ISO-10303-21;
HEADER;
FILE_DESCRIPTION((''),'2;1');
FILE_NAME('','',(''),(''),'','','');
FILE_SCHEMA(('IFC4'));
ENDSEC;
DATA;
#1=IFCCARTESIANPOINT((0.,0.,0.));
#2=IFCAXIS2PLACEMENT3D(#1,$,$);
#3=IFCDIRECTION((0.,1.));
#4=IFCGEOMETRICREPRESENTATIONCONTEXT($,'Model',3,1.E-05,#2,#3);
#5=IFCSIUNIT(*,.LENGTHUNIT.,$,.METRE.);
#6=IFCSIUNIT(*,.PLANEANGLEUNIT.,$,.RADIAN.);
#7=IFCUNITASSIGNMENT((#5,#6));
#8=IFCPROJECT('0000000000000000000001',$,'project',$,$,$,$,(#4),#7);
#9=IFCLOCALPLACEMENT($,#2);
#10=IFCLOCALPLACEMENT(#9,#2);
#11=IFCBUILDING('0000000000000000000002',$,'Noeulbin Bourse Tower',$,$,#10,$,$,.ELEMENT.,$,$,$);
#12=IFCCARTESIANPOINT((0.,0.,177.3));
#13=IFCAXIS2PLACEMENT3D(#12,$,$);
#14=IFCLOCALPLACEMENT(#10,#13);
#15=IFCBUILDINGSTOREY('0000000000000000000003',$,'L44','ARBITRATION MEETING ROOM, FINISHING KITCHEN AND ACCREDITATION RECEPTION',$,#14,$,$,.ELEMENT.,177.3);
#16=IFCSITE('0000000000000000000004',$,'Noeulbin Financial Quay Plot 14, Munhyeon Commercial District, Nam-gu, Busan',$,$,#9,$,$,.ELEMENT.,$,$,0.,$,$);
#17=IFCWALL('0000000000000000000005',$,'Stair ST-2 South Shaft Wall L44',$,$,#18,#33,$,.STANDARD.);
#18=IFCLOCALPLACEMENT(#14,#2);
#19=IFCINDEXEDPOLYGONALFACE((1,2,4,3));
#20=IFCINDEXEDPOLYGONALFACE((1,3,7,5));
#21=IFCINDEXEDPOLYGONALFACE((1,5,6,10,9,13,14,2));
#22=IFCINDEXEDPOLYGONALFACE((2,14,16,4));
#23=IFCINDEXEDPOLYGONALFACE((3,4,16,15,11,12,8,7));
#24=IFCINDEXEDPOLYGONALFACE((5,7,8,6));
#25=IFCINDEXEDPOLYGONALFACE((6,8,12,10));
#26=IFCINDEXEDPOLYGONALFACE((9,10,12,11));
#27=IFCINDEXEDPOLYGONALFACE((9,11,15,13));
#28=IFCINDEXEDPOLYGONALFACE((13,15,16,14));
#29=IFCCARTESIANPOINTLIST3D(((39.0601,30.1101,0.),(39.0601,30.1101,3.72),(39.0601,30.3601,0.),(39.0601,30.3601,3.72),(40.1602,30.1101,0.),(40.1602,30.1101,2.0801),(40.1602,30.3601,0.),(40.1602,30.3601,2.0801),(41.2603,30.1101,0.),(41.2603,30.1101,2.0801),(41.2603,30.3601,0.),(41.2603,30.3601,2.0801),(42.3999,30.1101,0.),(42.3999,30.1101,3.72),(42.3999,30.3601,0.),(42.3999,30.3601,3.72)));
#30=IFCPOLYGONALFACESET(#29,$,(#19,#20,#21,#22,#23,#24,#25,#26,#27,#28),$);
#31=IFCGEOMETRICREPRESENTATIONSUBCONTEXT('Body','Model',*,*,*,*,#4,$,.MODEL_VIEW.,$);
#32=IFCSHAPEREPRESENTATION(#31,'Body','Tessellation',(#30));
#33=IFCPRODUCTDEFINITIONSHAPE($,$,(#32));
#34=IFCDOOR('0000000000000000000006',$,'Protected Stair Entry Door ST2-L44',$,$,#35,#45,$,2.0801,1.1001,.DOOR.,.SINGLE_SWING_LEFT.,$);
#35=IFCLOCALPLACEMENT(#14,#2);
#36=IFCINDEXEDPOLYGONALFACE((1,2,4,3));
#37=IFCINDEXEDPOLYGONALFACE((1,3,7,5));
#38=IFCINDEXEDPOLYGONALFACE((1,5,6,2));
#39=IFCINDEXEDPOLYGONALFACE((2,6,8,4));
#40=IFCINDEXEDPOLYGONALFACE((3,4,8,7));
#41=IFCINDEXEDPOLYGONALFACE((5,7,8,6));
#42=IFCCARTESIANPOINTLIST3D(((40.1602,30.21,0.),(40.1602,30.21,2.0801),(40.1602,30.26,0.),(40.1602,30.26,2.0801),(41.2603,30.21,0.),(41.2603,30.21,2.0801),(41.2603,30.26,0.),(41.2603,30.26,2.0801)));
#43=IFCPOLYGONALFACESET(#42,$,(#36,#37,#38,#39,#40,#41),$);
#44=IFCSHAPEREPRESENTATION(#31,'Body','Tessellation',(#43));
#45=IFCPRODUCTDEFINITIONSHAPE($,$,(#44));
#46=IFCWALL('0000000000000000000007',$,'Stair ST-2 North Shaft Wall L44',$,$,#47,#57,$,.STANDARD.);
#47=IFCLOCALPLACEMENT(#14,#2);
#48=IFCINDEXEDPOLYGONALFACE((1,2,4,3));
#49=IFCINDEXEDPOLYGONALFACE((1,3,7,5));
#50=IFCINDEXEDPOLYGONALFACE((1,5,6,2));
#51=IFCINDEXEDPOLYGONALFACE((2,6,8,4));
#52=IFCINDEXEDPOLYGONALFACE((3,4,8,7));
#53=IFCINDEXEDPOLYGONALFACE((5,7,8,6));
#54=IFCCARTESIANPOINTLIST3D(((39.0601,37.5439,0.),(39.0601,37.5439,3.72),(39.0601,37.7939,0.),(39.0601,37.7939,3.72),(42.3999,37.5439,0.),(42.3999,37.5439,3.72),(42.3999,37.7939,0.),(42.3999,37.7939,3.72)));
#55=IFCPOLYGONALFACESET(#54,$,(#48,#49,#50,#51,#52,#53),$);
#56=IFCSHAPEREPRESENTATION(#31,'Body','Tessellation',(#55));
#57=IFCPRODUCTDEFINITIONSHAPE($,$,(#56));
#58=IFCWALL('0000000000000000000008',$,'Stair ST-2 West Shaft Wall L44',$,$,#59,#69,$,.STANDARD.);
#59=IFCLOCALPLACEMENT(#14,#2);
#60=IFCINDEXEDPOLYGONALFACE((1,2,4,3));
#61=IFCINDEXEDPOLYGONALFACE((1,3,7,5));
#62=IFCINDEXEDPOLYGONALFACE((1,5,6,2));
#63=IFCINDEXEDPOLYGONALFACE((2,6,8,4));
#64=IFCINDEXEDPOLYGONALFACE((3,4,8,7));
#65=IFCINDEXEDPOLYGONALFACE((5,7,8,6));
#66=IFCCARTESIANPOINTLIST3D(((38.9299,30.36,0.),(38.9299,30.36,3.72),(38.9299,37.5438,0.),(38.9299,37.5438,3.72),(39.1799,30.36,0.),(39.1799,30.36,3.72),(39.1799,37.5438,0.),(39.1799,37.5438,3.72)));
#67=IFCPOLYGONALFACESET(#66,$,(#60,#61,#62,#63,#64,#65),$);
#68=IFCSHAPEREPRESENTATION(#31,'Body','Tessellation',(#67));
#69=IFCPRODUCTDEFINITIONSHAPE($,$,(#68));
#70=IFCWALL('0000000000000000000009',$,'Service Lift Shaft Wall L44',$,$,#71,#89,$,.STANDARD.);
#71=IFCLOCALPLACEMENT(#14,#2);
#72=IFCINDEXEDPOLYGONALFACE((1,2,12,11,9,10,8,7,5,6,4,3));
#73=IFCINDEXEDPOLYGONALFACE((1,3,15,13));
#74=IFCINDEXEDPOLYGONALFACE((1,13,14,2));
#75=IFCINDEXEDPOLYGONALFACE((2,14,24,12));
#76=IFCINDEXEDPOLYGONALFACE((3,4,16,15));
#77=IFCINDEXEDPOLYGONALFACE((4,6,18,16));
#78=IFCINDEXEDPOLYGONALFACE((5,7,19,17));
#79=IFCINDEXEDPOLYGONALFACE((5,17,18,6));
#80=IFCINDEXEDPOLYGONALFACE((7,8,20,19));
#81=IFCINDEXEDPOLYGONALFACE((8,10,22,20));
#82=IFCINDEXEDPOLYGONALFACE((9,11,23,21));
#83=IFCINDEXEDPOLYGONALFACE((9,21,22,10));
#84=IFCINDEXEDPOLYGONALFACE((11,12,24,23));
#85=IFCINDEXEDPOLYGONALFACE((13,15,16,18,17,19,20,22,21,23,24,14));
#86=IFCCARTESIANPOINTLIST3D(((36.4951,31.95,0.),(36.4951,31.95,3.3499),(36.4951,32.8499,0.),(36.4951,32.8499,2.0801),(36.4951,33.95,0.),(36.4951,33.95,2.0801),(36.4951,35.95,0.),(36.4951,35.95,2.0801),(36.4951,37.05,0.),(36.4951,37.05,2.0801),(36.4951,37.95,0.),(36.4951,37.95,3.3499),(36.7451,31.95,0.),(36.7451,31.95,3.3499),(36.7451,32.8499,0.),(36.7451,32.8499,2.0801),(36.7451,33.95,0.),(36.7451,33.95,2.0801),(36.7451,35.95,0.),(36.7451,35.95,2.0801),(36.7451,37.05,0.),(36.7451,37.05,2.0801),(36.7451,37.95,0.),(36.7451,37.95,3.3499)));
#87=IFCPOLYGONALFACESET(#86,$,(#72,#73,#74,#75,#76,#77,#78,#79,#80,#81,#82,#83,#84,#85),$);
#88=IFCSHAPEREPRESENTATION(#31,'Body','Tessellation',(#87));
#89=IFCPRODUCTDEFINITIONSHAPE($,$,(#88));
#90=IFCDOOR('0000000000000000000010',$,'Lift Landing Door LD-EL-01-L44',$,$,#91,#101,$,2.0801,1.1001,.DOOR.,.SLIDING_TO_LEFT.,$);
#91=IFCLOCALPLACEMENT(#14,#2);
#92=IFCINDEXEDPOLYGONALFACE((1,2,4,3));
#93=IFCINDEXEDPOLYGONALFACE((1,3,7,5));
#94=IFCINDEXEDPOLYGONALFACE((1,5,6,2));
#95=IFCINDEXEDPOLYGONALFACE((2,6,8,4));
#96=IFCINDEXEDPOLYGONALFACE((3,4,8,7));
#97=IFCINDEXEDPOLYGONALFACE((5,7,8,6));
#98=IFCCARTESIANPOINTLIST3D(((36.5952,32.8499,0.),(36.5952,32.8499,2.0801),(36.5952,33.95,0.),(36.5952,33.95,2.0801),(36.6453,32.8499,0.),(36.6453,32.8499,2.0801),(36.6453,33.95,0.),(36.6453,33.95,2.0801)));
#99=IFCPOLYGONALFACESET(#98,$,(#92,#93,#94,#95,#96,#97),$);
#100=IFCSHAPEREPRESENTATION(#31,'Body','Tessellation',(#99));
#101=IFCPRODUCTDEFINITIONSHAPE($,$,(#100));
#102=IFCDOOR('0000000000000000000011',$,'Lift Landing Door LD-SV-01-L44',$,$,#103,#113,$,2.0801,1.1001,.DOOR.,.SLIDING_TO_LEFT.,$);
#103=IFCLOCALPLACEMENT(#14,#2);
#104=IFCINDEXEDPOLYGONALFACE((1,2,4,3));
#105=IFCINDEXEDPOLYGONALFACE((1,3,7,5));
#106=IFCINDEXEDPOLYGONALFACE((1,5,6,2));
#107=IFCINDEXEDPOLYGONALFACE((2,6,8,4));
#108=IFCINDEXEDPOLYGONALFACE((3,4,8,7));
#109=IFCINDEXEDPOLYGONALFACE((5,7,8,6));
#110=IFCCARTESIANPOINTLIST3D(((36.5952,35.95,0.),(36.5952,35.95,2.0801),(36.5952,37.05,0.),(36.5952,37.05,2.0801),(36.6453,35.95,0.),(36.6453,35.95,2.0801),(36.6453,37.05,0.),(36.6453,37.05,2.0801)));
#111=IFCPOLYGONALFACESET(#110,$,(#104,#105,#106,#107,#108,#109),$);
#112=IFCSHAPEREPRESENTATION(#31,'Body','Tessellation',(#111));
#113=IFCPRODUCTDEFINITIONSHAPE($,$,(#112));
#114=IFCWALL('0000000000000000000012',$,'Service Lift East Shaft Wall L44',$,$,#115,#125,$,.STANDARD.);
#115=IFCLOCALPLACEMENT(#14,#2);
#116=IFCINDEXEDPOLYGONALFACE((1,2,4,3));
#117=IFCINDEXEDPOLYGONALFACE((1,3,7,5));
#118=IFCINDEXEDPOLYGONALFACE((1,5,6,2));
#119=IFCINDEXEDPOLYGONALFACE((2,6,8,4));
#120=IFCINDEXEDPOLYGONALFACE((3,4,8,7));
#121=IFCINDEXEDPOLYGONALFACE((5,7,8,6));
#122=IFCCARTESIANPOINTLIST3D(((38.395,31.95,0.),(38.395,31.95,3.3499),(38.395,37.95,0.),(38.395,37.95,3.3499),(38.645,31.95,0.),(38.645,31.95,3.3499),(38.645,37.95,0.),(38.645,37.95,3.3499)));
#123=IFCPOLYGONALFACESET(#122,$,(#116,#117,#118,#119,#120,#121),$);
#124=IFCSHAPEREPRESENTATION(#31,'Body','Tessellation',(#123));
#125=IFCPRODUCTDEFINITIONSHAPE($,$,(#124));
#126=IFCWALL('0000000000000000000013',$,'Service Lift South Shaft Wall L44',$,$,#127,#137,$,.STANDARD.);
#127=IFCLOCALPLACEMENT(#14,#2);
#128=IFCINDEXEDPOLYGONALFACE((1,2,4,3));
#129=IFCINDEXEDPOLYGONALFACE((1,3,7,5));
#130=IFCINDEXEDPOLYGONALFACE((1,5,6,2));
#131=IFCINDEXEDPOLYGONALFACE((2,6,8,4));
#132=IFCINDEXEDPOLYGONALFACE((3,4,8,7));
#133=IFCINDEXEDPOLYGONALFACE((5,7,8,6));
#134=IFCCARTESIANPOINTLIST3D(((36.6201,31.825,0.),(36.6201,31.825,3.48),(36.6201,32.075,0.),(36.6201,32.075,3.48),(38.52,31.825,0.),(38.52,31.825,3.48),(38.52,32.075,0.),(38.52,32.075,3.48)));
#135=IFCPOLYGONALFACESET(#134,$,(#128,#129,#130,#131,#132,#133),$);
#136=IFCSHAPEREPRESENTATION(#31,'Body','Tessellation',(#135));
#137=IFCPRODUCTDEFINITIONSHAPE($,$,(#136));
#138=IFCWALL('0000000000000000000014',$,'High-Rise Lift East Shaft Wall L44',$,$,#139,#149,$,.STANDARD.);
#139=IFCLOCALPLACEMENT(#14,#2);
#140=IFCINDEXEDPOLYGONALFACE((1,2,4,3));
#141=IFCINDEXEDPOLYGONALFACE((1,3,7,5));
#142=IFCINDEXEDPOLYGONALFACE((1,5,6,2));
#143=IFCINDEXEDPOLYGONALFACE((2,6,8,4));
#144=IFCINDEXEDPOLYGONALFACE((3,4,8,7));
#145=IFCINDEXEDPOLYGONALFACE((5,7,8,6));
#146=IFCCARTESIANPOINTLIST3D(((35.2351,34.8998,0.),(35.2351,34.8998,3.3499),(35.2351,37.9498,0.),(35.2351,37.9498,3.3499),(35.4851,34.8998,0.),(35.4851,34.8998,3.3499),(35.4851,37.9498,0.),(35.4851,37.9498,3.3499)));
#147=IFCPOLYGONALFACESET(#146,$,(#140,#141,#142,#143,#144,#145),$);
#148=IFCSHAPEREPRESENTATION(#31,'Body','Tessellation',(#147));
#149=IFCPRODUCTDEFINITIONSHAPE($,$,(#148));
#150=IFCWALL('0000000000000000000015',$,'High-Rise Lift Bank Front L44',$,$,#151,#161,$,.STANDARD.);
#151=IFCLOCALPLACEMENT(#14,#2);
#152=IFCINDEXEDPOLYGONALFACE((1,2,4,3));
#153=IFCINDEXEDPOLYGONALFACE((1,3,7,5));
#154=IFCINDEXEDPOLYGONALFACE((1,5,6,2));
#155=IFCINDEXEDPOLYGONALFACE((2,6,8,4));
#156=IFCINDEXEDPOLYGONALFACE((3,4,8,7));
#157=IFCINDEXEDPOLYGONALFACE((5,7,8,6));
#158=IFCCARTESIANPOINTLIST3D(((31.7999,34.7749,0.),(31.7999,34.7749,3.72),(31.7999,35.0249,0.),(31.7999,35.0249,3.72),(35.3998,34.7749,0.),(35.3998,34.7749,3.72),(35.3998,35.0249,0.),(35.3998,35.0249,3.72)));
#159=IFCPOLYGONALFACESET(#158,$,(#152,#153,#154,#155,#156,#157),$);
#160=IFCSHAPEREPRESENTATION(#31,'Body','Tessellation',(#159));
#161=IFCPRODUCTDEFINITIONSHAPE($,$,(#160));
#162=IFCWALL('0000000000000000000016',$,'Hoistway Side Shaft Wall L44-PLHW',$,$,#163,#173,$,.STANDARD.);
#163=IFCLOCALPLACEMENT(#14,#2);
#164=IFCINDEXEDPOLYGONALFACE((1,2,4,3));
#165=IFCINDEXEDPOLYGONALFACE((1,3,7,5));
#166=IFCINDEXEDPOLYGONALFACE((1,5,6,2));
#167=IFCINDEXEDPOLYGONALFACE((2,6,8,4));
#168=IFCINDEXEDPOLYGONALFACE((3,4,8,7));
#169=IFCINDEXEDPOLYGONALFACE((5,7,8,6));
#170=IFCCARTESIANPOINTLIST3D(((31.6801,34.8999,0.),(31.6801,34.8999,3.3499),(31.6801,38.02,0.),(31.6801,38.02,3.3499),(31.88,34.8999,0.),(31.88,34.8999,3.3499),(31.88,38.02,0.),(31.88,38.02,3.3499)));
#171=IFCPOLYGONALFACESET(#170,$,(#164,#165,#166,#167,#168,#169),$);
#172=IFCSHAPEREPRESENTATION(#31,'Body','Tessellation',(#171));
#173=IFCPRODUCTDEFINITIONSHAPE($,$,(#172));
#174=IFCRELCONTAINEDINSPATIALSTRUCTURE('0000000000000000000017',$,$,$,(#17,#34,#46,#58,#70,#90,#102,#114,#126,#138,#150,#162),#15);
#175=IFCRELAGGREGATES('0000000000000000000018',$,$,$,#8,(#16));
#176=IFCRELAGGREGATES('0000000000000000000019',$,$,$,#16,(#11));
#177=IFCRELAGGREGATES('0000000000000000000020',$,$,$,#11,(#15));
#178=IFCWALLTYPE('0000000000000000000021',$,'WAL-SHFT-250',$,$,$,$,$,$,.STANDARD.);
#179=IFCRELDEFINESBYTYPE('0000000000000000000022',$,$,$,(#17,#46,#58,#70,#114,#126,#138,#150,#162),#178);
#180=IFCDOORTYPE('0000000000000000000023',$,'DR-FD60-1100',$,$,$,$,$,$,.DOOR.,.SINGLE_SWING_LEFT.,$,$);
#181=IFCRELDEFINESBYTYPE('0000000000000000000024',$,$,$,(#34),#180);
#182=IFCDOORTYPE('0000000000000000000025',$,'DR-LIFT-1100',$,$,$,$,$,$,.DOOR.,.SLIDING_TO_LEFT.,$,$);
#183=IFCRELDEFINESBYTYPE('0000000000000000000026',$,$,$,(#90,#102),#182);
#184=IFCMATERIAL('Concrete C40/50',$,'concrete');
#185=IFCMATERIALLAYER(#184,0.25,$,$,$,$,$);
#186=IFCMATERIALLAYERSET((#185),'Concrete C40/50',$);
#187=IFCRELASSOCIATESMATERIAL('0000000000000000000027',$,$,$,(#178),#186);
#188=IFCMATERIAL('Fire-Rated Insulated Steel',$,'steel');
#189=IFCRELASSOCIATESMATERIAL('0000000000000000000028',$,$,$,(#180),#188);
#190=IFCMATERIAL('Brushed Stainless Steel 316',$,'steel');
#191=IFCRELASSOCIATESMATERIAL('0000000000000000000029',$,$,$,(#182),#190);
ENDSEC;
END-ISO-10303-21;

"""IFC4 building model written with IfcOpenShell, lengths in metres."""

from ifc_helpers import new_model, si_unit, direction, frame, frame_2d, origin, place, context, subcontext, project, spatial, rectangle, extrude, material, layer, layer_set, type_object, element, fill, save


model = new_model("IFC4")

# Units and contexts
model_context = context("Model", 3, precision=1e-05, world=origin(), true_north=direction((0.0, 1.0)))
body_context = subcontext(model_context, "Body", "Model", "MODEL_VIEW")
ifc_project = project(units=[si_unit("LENGTHUNIT", "METRE"), si_unit("PLANEANGLEUNIT", "RADIAN")], contexts=[model_context])

# Site, building, storey
site_placement = place(None, origin())
site = spatial("IfcSite", under=ifc_project, at=site_placement, Name="Noeulbin Financial Quay Plot 14, Munhyeon Commercial District, Nam-gu, Busan", CompositionType="ELEMENT", RefElevation=0.0)
building_placement = place(site_placement, origin())
building = spatial("IfcBuilding", under=site, at=building_placement, Name="Noeulbin Bourse Tower", CompositionType="ELEMENT")
storey_placement = place(building_placement, frame((0.0, 0.0, 177.3)))
storey = spatial("IfcBuildingStorey", under=building, at=storey_placement, Name="L44", Description="ARBITRATION MEETING ROOM, FINISHING KITCHEN AND ACCREDITATION RECEPTION", CompositionType="ELEMENT", Elevation=177.3)

# Shared definitions
ifc_material_1 = material(Name="Concrete C40/50", Category="concrete")

# Wall, opening, door
ifc_layer_1 = layer(ifc_material_1, 0.25)
ifc_layer_set_1 = layer_set([ifc_layer_1], Name="Concrete C40/50")
wall_type_1 = type_object("IfcWallType", Name="WAL-SHFT-250", PredefinedType="STANDARD", material=ifc_layer_set_1)
wall_1_placement = place(storey_placement, frame((39.0601, 30.2351, 0.0), z_axis=(0.0, 0.0, 1.0), x_axis=(1.0, 0.0, 0.0)))
wall_1 = element("IfcWall", 1, at=wall_1_placement, inside=storey, type_object=wall_type_1, Name="Stair ST-2 South Shaft Wall L44", PredefinedType="STANDARD", context=body_context, shape_type="SweptSolid", body=[
    extrude(rectangle(XDim=3.3398, YDim=0.25, at=frame_2d((1.6699, 0.0))), origin(), (0.0, 0.0, 1.0), 3.72),
])
opening_1_placement = place(wall_1_placement, frame((1.1001, 0.0, 0.0)))
opening_1 = element("IfcOpeningElement", 2, at=opening_1_placement, cuts=wall_1, PredefinedType="OPENING", context=body_context, shape_type="SweptSolid", body=[
    extrude(rectangle(XDim=1.1001, YDim=2.0801, at=frame_2d((0.55, 1.04))), frame((0.0, 0.135, 0.0), z_axis=(0.0, -1.0, 0.0), x_axis=(1.0, 0.0, 0.0)), (0.0, 0.0, 1.0), 0.27),
])
ifc_material_2 = material(Name="Fire-Rated Insulated Steel", Category="steel")
door_type_1 = type_object("IfcDoorType", Name="DR-FD60-1100", OperationType="SINGLE_SWING_LEFT", PredefinedType="DOOR", material=ifc_material_2)
door_1_placement = place(opening_1_placement, origin())
door_1 = element("IfcDoor", 3, at=door_1_placement, inside=storey, type_object=door_type_1, Name="Protected Stair Entry Door ST2-L44", OperationType="SINGLE_SWING_LEFT", OverallHeight=2.0801, OverallWidth=1.1001, PredefinedType="DOOR", context=body_context, shape_type="SweptSolid", body=[
    extrude(rectangle(XDim=1.1001, YDim=2.0801, at=frame_2d((0.55, 1.04))), frame((0.0, 0.0249, 0.0), z_axis=(0.0, -1.0, 0.0), x_axis=(1.0, 0.0, 0.0)), (0.0, 0.0, 1.0), 0.05),
])
fill(opening_1, door_1)

# Walls
wall_2_placement = place(storey_placement, frame((39.0601, 37.6689, 0.0), z_axis=(0.0, 0.0, 1.0), x_axis=(1.0, 0.0, 0.0)))
element("IfcWall", 4, at=wall_2_placement, inside=storey, type_object=wall_type_1, Name="Stair ST-2 North Shaft Wall L44", PredefinedType="STANDARD", context=body_context, shape_type="SweptSolid", body=[
    extrude(rectangle(XDim=3.3398, YDim=0.25, at=frame_2d((1.6699, 0.0))), origin(), (0.0, 0.0, 1.0), 3.72),
])
wall_3_placement = place(storey_placement, frame((39.0549, 30.3601, 0.0), z_axis=(0.0, 0.0, 1.0), x_axis=(0.0, 1.0, 0.0)))
element("IfcWall", 5, at=wall_3_placement, inside=storey, type_object=wall_type_1, Name="Stair ST-2 West Shaft Wall L44", PredefinedType="STANDARD", context=body_context, shape_type="SweptSolid", body=[
    extrude(rectangle(XDim=7.1838, YDim=0.25, at=frame_2d((3.5918, 0.0))), origin(), (0.0, 0.0, 1.0), 3.72),
])

# Wall, openings, doors
wall_4_placement = place(storey_placement, frame((36.6201, 31.95, 0.0), z_axis=(0.0, 0.0, 1.0), x_axis=(0.0, 1.0, 0.0)))
wall_4 = element("IfcWall", 6, at=wall_4_placement, inside=storey, type_object=wall_type_1, Name="Service Lift Shaft Wall L44", PredefinedType="STANDARD", context=body_context, shape_type="SweptSolid", body=[
    extrude(rectangle(XDim=6.0, YDim=0.25, at=frame_2d((3.0, 0.0))), origin(), (0.0, 0.0, 1.0), 3.3499),
])
opening_2_placement = place(wall_4_placement, frame((0.8999, 0.0, 0.0)))
opening_2 = element("IfcOpeningElement", 7, at=opening_2_placement, cuts=wall_4, PredefinedType="OPENING", context=body_context, shape_type="SweptSolid", body=[
    extrude(rectangle(XDim=1.1001, YDim=2.0801, at=frame_2d((0.55, 1.04))), frame((0.0, 0.135, 0.0), z_axis=(0.0, -1.0, 0.0), x_axis=(1.0, 0.0, 0.0)), (0.0, 0.0, 1.0), 0.27),
])
opening_3_placement = place(wall_4_placement, frame((4.0, 0.0, 0.0)))
opening_3 = element("IfcOpeningElement", 8, at=opening_3_placement, cuts=wall_4, PredefinedType="OPENING", context=body_context, shape_type="SweptSolid", body=[
    extrude(rectangle(XDim=1.1001, YDim=2.0801, at=frame_2d((0.55, 1.04))), frame((0.0, 0.135, 0.0), z_axis=(0.0, -1.0, 0.0), x_axis=(1.0, 0.0, 0.0)), (0.0, 0.0, 1.0), 0.27),
])
ifc_material_3 = material(Name="Brushed Stainless Steel 316", Category="steel")
door_type_2 = type_object("IfcDoorType", Name="DR-LIFT-1100", OperationType="SLIDING_TO_LEFT", PredefinedType="DOOR", material=ifc_material_3)
door_2_placement = place(opening_2_placement, origin())
door_2 = element("IfcDoor", 9, at=door_2_placement, inside=storey, type_object=door_type_2, Name="Lift Landing Door LD-EL-01-L44", OperationType="SLIDING_TO_LEFT", OverallHeight=2.0801, OverallWidth=1.1001, PredefinedType="DOOR", context=body_context, shape_type="SweptSolid", body=[
    extrude(rectangle(XDim=1.1001, YDim=2.0801, at=frame_2d((0.55, 1.04))), frame((0.0, 0.0249, 0.0), z_axis=(0.0, -1.0, 0.0), x_axis=(1.0, 0.0, 0.0)), (0.0, 0.0, 1.0), 0.05),
])
fill(opening_2, door_2)
door_3_placement = place(opening_3_placement, origin())
door_3 = element("IfcDoor", 10, at=door_3_placement, inside=storey, type_object=door_type_2, Name="Lift Landing Door LD-SV-01-L44", OperationType="SLIDING_TO_LEFT", OverallHeight=2.0801, OverallWidth=1.1001, PredefinedType="DOOR", context=body_context, shape_type="SweptSolid", body=[
    extrude(rectangle(XDim=1.1001, YDim=2.0801, at=frame_2d((0.55, 1.04))), frame((0.0, 0.0249, 0.0), z_axis=(0.0, -1.0, 0.0), x_axis=(1.0, 0.0, 0.0)), (0.0, 0.0, 1.0), 0.05),
])
fill(opening_3, door_3)

# Walls
wall_5_placement = place(storey_placement, frame((38.52, 31.95, 0.0), z_axis=(0.0, 0.0, 1.0), x_axis=(0.0, 1.0, 0.0)))
element("IfcWall", 11, at=wall_5_placement, inside=storey, type_object=wall_type_1, Name="Service Lift East Shaft Wall L44", PredefinedType="STANDARD", context=body_context, shape_type="SweptSolid", body=[
    extrude(rectangle(XDim=6.0, YDim=0.25, at=frame_2d((3.0, 0.0))), origin(), (0.0, 0.0, 1.0), 3.3499),
])
wall_6_placement = place(storey_placement, frame((36.6201, 31.95, 0.0), z_axis=(0.0, 0.0, 1.0), x_axis=(1.0, 0.0, 0.0)))
element("IfcWall", 12, at=wall_6_placement, inside=storey, type_object=wall_type_1, Name="Service Lift South Shaft Wall L44", PredefinedType="STANDARD", context=body_context, shape_type="SweptSolid", body=[
    extrude(rectangle(XDim=1.8999, YDim=0.25, at=frame_2d((0.95, 0.0))), origin(), (0.0, 0.0, 1.0), 3.48),
])
wall_7_placement = place(storey_placement, frame((35.3601, 34.8999, 0.0), z_axis=(0.0, 0.0, 1.0), x_axis=(0.0, 1.0, 0.0)))
element("IfcWall", 13, at=wall_7_placement, inside=storey, type_object=wall_type_1, Name="High-Rise Lift East Shaft Wall L44", PredefinedType="STANDARD", context=body_context, shape_type="SweptSolid", body=[
    extrude(rectangle(XDim=3.05, YDim=0.25, at=frame_2d((1.5249, 0.0))), origin(), (0.0, 0.0, 1.0), 3.3499),
])
wall_8_placement = place(storey_placement, frame((31.8, 34.8999, 0.0), z_axis=(0.0, 0.0, 1.0), x_axis=(1.0, 0.0, 0.0)))
element("IfcWall", 14, at=wall_8_placement, inside=storey, type_object=wall_type_1, Name="High-Rise Lift Bank Front L44", PredefinedType="STANDARD", context=body_context, shape_type="SweptSolid", body=[
    extrude(rectangle(XDim=3.5999, YDim=0.25, at=frame_2d((1.7998, 0.0))), origin(), (0.0, 0.0, 1.0), 3.72),
])
wall_9_placement = place(storey_placement, frame((31.78, 34.8999, 0.0), z_axis=(0.0, 0.0, 1.0), x_axis=(0.0, 1.0, 0.0)))
element("IfcWall", 15, at=wall_9_placement, inside=storey, type_object=wall_type_1, Name="Hoistway Side Shaft Wall L44-PLHW", PredefinedType="STANDARD", context=body_context, shape_type="SweptSolid", body=[
    extrude(rectangle(XDim=3.1201, YDim=0.2, at=frame_2d((1.5601, 0.0))), origin(), (0.0, 0.0, 1.0), 3.3499),
])

save(model, "model.ifc")
